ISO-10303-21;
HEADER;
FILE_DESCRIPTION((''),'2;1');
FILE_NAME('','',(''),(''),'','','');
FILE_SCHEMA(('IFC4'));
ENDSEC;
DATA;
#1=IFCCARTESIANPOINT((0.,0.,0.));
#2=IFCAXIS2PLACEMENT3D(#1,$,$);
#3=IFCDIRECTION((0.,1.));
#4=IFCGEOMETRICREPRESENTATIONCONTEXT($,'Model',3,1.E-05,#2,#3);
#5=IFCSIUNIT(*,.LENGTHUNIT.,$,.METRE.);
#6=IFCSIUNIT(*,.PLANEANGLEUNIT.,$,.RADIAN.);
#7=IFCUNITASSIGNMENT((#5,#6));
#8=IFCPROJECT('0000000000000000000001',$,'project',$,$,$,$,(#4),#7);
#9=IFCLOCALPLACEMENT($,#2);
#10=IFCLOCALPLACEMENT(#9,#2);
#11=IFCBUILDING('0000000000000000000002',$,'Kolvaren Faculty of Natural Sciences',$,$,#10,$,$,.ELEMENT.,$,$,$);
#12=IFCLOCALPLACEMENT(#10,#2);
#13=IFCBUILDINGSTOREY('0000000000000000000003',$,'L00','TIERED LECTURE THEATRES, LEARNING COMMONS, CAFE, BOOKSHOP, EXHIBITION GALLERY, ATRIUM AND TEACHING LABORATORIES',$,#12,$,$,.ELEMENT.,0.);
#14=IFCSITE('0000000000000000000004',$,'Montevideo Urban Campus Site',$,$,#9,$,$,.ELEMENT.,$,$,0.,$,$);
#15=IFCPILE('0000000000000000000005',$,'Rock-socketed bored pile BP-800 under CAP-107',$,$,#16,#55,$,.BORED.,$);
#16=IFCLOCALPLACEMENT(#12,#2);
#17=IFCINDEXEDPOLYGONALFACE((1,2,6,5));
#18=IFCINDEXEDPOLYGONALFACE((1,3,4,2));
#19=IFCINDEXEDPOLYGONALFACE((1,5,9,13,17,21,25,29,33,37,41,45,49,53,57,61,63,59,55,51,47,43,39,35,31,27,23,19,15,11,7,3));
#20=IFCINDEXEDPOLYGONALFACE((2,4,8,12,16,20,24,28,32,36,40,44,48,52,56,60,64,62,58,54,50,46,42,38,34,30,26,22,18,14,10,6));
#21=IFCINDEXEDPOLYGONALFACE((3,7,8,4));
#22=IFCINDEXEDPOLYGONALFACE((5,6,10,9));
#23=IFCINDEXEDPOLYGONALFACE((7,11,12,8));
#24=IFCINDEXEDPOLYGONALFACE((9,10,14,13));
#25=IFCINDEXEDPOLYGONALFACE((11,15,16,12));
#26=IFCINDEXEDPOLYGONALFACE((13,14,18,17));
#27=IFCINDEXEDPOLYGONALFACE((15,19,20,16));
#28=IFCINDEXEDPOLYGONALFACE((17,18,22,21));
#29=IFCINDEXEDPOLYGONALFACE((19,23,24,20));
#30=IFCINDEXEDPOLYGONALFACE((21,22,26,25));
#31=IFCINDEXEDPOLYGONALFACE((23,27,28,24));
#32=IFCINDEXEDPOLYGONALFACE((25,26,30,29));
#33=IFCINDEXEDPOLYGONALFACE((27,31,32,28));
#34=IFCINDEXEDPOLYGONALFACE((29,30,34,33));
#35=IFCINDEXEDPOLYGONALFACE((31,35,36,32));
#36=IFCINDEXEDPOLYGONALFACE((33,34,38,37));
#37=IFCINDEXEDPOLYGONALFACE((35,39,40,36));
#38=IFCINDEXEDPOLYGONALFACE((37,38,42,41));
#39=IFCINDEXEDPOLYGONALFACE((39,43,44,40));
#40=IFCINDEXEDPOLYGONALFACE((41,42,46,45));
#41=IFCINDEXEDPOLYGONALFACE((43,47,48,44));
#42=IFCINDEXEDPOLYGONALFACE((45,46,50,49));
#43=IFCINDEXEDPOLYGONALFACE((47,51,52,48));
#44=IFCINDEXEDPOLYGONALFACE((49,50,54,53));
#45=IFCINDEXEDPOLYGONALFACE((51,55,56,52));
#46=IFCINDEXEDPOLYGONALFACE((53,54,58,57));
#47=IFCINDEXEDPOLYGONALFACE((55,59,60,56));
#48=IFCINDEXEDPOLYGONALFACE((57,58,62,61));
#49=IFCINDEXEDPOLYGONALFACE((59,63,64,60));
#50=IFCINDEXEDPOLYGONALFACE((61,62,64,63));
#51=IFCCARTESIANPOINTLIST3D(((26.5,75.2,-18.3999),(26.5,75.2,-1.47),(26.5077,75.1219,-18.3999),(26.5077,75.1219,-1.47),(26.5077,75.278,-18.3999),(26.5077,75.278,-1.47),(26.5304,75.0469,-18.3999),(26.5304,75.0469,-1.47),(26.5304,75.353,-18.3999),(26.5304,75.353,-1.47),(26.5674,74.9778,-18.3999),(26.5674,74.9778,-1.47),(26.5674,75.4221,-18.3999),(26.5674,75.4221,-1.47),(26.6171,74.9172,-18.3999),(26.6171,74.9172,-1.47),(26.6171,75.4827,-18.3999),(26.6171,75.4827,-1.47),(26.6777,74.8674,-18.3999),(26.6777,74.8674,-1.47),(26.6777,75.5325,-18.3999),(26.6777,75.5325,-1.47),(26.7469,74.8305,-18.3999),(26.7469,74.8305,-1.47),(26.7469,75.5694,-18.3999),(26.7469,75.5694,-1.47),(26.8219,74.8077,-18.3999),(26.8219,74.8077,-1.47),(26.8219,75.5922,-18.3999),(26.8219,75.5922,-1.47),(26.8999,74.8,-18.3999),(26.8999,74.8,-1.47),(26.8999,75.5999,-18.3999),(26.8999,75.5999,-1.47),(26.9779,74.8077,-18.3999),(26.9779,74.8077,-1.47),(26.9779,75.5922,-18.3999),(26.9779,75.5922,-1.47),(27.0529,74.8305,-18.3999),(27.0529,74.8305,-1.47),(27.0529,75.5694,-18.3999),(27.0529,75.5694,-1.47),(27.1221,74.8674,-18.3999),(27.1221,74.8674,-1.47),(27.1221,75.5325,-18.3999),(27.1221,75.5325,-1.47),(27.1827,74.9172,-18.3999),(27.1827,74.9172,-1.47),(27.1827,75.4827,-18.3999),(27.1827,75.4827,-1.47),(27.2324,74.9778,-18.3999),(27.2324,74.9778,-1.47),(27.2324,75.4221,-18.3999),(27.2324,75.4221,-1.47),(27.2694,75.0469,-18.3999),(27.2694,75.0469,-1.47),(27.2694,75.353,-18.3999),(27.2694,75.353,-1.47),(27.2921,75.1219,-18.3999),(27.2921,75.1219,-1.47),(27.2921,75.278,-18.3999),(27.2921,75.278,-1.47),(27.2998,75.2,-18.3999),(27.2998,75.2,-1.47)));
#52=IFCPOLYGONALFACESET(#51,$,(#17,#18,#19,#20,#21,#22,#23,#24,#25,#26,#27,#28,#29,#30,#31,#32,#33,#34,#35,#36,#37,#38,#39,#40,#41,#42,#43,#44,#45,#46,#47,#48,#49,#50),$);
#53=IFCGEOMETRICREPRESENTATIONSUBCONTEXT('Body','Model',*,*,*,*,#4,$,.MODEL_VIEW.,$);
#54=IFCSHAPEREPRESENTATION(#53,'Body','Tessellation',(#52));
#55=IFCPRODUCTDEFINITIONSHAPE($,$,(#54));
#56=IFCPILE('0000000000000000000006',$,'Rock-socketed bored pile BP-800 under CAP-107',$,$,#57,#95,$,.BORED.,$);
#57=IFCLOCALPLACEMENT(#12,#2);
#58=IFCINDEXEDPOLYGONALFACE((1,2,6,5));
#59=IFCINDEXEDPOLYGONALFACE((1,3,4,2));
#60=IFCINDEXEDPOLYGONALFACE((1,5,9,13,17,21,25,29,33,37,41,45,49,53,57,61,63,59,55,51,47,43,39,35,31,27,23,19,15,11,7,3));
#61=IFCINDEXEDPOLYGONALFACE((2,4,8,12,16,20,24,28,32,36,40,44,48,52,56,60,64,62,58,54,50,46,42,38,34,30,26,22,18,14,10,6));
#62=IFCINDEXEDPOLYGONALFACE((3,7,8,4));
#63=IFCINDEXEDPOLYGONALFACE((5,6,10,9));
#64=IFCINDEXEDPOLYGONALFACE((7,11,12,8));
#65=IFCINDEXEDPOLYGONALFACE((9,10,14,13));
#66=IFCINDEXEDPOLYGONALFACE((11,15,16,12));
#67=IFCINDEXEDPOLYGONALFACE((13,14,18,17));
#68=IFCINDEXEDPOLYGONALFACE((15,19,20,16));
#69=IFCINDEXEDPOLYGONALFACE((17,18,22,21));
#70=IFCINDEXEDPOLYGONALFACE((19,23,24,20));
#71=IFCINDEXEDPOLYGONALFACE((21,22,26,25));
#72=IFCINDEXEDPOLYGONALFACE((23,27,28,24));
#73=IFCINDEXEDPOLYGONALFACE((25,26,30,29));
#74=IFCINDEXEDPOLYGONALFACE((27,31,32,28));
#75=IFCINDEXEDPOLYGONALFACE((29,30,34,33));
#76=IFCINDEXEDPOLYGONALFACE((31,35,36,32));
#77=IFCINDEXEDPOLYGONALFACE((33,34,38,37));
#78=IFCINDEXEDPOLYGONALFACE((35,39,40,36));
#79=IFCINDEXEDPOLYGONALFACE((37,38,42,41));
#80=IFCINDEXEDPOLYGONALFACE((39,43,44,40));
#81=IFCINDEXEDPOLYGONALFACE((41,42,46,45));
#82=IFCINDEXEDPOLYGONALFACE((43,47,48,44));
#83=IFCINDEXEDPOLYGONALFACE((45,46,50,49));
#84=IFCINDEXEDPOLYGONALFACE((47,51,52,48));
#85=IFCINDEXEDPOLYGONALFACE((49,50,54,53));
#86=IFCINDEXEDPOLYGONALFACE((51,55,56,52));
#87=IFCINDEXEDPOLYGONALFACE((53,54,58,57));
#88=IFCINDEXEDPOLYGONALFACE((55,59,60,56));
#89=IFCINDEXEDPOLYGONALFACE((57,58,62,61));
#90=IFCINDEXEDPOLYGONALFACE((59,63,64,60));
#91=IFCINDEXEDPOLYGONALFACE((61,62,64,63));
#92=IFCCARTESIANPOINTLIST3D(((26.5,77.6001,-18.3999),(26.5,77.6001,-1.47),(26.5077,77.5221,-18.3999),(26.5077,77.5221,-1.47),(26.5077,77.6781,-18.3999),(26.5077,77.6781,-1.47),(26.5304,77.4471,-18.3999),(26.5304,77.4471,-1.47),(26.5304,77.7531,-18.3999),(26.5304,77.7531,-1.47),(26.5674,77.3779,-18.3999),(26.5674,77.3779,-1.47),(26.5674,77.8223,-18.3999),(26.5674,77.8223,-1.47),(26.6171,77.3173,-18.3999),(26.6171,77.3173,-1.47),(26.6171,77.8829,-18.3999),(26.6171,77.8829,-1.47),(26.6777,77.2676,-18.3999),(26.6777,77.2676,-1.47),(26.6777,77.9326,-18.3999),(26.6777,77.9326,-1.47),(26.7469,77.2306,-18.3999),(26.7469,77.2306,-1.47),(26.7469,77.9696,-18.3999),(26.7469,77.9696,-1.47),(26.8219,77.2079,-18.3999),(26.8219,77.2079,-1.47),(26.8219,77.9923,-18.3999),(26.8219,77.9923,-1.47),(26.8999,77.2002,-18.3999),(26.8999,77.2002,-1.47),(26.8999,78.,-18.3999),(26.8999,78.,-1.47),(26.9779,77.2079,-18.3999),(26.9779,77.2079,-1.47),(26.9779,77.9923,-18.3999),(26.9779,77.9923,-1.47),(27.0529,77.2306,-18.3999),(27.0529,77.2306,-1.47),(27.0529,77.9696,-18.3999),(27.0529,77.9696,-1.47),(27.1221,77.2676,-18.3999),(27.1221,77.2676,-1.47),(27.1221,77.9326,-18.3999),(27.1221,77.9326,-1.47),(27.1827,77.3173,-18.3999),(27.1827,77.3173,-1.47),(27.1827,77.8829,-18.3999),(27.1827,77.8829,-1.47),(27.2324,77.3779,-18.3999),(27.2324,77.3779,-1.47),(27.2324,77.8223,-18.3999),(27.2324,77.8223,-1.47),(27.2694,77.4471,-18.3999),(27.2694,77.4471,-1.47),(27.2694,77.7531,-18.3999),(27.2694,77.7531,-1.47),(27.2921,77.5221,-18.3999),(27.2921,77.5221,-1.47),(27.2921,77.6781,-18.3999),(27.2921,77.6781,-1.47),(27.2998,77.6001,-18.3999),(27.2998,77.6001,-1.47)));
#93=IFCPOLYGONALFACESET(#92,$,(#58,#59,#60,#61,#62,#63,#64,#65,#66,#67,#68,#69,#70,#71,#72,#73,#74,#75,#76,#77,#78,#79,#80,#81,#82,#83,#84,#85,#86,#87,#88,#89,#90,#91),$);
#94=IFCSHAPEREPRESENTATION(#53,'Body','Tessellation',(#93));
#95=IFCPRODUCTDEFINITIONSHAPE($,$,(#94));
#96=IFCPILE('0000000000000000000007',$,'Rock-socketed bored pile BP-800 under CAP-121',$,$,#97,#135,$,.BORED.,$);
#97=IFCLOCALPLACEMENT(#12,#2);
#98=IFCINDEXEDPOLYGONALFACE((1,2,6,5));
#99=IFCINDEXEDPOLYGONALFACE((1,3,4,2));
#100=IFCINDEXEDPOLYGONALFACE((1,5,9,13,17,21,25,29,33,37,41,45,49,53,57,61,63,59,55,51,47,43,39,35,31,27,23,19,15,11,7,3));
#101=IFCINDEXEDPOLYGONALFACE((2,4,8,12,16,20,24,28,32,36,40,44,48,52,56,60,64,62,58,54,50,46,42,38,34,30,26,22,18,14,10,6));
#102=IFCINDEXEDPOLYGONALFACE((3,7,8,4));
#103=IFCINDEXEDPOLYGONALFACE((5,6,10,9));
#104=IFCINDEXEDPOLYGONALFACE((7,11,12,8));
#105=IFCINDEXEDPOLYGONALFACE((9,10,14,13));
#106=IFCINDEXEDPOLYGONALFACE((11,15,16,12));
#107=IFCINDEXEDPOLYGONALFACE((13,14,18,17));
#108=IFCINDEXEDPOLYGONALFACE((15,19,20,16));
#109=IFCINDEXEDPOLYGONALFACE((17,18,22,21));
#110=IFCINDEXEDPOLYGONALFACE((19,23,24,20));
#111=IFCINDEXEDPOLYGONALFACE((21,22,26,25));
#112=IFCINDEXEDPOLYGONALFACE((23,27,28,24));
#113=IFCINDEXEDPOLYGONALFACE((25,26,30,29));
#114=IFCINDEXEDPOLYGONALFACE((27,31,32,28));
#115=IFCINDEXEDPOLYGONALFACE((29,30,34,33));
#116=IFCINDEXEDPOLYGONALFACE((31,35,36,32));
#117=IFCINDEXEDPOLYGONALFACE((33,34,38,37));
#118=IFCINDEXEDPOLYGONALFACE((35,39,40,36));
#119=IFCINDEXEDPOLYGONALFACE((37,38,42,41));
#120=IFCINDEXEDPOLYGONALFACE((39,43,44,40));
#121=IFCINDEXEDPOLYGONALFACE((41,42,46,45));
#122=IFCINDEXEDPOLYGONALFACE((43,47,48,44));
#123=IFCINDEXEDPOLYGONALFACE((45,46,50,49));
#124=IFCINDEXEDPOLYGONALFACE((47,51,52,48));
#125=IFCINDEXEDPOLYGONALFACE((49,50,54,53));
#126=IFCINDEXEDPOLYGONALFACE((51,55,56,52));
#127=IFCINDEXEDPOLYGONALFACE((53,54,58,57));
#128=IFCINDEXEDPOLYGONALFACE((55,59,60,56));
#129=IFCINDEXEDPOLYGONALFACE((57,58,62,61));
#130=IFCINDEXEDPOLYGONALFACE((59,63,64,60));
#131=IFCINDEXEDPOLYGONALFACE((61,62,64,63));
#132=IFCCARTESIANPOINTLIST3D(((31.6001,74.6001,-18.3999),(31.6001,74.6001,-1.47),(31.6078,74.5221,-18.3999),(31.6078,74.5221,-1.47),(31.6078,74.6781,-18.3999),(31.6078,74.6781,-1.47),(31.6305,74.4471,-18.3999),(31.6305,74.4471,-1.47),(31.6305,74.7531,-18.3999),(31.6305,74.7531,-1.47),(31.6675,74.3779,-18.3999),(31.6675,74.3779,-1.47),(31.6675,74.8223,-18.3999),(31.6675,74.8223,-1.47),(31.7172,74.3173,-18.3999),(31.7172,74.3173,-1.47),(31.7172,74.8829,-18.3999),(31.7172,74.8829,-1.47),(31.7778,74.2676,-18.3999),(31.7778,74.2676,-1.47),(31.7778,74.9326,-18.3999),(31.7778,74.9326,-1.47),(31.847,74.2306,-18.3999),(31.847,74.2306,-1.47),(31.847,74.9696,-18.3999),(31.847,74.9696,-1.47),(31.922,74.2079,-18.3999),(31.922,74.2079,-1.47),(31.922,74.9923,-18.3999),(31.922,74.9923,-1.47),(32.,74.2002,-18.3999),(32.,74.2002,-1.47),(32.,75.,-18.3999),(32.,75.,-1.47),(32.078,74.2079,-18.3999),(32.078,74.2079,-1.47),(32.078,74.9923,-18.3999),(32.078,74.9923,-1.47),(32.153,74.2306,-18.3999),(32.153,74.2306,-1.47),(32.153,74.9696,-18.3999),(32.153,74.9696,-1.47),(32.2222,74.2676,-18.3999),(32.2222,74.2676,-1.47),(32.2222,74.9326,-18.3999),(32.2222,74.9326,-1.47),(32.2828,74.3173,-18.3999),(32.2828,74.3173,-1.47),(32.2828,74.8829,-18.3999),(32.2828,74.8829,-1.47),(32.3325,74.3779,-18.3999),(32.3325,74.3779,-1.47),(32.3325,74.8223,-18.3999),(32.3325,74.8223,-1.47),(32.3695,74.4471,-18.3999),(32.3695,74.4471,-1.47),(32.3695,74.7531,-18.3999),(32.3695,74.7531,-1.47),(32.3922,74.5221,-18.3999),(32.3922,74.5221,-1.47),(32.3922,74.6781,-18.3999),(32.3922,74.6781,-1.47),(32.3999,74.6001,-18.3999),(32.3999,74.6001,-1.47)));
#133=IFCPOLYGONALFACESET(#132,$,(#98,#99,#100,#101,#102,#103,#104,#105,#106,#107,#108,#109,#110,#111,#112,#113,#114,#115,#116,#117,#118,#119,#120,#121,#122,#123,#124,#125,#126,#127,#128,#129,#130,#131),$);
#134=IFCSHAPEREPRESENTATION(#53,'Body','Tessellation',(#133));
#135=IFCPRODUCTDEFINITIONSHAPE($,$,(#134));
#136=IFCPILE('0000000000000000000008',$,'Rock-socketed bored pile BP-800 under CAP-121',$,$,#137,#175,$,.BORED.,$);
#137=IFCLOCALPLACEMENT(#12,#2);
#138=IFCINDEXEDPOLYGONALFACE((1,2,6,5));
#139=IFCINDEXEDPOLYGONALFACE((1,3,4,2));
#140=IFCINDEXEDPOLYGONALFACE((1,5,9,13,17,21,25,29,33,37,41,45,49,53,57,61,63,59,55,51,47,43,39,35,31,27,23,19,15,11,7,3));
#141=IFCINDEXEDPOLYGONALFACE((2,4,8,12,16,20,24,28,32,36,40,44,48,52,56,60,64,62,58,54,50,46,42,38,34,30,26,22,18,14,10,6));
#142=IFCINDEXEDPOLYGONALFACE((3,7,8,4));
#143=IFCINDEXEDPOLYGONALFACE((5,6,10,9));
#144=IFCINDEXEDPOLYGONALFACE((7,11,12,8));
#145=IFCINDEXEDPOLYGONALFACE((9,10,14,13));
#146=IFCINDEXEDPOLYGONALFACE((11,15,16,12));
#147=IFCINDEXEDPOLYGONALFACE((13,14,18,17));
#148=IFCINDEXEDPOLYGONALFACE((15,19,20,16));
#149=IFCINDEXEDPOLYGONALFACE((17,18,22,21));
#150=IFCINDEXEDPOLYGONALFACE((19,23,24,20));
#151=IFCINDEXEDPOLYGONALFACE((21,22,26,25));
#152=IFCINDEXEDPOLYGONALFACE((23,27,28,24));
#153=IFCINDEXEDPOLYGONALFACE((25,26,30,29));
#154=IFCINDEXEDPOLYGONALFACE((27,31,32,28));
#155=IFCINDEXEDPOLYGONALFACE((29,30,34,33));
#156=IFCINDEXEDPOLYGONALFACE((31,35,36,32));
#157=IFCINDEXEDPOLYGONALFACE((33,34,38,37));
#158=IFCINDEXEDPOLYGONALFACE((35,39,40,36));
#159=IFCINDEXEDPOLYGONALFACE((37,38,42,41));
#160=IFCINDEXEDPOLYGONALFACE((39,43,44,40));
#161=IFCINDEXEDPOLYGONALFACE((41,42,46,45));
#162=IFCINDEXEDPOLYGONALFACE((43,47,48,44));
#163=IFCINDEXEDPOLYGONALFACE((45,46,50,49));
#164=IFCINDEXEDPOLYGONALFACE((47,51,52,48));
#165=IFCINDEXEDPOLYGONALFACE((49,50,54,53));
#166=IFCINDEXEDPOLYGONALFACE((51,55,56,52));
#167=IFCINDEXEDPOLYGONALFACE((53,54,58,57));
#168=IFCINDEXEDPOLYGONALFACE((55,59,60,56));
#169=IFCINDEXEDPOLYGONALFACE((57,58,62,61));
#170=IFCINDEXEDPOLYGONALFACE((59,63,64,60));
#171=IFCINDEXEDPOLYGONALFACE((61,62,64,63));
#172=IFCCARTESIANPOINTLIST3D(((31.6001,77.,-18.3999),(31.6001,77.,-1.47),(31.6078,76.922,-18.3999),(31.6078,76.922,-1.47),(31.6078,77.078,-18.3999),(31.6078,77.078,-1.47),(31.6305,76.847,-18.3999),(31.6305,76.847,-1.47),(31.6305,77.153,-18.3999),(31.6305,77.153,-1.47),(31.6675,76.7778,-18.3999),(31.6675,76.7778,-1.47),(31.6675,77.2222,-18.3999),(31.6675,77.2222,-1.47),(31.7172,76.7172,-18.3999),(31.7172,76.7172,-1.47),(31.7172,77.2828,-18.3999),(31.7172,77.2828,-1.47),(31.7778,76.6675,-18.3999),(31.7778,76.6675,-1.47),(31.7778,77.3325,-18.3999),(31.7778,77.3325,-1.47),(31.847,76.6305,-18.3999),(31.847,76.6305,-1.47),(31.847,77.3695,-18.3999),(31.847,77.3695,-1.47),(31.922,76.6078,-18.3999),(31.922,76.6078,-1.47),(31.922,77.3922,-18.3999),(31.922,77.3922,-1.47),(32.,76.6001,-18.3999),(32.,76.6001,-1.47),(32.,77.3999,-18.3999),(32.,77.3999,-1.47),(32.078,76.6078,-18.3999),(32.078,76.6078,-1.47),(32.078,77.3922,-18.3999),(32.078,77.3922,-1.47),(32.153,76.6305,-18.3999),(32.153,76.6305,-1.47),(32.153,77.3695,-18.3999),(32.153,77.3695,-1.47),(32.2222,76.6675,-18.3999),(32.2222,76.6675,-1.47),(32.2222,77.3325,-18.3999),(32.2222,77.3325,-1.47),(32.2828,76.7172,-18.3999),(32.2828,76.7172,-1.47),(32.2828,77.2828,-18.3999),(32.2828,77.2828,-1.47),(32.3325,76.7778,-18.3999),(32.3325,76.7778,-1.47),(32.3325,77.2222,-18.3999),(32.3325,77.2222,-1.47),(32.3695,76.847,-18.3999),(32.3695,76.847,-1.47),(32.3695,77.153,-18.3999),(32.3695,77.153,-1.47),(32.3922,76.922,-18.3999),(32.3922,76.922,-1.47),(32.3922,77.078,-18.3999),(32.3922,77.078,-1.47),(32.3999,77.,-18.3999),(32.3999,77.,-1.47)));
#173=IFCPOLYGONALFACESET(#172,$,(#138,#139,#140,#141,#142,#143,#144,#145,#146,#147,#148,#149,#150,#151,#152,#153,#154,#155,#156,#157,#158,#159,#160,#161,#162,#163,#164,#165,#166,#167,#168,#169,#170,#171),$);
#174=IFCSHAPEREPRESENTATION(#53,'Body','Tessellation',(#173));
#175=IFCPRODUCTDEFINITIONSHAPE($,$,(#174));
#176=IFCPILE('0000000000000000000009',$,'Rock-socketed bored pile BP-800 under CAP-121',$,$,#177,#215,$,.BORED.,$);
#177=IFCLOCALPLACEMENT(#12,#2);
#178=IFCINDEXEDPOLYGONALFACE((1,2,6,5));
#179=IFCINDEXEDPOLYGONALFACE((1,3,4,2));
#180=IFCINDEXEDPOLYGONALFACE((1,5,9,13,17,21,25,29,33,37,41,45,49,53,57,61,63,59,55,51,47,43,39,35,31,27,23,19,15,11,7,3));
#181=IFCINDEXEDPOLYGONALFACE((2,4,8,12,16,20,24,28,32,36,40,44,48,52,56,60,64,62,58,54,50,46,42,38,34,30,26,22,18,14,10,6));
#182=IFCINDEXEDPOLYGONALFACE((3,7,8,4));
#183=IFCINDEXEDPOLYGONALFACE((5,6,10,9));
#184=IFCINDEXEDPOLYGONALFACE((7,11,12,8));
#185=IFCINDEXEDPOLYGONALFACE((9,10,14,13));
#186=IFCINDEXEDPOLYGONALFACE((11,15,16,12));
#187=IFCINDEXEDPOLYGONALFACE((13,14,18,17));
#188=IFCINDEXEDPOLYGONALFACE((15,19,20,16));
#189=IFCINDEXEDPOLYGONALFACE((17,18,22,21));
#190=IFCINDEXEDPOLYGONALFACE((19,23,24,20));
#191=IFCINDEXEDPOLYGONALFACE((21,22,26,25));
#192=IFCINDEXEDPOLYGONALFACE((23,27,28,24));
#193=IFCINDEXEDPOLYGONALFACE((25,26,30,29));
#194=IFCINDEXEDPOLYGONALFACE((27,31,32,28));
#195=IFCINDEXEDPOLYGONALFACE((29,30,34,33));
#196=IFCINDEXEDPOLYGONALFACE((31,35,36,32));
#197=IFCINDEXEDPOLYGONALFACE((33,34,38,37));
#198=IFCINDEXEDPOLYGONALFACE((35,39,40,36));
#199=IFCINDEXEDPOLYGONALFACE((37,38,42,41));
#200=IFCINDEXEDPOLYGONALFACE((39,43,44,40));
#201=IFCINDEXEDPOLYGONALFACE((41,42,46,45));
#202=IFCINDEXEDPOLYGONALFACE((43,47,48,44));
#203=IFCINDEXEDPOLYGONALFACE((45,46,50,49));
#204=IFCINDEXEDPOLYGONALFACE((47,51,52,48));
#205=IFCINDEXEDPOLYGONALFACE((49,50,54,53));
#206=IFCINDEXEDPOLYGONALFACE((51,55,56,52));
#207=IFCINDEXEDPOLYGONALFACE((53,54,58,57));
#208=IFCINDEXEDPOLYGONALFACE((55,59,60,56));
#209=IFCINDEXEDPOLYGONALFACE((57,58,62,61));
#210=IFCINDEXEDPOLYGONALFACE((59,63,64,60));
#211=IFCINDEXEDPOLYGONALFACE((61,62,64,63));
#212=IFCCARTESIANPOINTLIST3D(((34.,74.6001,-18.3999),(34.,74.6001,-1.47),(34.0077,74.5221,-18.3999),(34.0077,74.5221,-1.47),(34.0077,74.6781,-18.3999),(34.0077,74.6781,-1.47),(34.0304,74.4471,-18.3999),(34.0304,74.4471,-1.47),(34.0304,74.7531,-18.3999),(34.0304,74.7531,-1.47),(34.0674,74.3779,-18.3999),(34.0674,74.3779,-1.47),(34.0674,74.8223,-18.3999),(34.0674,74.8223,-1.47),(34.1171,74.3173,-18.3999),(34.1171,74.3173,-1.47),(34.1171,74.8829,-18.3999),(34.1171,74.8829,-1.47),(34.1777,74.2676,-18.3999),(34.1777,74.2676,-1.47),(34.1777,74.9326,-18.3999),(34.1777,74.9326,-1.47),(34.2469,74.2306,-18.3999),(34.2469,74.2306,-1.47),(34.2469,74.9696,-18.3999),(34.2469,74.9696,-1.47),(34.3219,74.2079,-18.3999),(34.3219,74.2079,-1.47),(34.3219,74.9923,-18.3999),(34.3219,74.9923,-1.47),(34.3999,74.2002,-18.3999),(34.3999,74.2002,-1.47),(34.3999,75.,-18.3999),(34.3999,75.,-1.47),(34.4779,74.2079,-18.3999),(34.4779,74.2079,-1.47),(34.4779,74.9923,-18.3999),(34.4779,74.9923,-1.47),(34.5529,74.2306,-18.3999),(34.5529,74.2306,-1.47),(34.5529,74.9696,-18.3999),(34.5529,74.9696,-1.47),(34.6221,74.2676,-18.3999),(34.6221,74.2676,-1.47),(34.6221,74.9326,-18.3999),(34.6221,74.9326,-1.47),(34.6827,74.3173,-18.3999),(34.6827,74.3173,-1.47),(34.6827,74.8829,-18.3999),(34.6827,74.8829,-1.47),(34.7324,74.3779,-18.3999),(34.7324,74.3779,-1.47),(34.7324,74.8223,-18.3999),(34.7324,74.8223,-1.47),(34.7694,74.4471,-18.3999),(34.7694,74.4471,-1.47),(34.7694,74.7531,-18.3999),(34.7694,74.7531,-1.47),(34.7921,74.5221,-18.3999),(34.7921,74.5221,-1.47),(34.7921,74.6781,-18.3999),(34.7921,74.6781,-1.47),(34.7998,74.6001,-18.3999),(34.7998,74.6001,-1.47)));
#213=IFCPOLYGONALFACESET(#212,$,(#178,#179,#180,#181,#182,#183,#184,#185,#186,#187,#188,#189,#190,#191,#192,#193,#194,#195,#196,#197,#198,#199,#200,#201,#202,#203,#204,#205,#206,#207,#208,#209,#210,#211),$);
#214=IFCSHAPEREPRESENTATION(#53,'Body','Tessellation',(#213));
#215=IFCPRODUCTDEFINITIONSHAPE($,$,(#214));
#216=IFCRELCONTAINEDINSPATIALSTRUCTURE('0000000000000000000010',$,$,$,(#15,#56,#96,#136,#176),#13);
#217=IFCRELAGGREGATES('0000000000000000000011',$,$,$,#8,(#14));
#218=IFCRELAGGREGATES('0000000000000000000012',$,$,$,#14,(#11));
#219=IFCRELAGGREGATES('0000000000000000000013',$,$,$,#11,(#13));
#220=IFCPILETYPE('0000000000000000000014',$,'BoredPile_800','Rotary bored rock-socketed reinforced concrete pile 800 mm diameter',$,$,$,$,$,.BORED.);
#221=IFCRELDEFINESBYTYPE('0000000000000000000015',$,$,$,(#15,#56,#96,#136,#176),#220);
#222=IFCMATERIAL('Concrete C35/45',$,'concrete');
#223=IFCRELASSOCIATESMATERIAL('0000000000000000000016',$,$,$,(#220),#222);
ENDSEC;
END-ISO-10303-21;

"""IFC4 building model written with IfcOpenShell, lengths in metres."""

from ifc_helpers import new_model, si_unit, direction, frame, origin, origin_2d, place, context, subcontext, project, spatial, circle, extrude, material, material_profile, profile_set, type_object, element, save


model = new_model("IFC4")

# Units and contexts
model_context = context("Model", 3, precision=1e-05, world=origin(), true_north=direction((0.0, 1.0)))
body_context = subcontext(model_context, "Body", "Model", "MODEL_VIEW")
ifc_project = project(units=[si_unit("LENGTHUNIT", "METRE"), si_unit("PLANEANGLEUNIT", "RADIAN")], contexts=[model_context])

# Site, building, storey
site_placement = place(None, origin())
site = spatial("IfcSite", under=ifc_project, at=site_placement, Name="Montevideo Urban Campus Site", CompositionType="ELEMENT", RefElevation=0.0)
building_placement = place(site_placement, origin())
building = spatial("IfcBuilding", under=site, at=building_placement, Name="Kolvaren Faculty of Natural Sciences", CompositionType="ELEMENT")
storey_placement = place(building_placement, origin())
storey = spatial("IfcBuildingStorey", under=building, at=storey_placement, Name="L00", Description="TIERED LECTURE THEATRES, LEARNING COMMONS, CAFE, BOOKSHOP, EXHIBITION GALLERY, ATRIUM AND TEACHING LABORATORIES", CompositionType="ELEMENT", Elevation=0.0)

# Piles
ifc_material_1 = material(Name="Concrete C35/45", Category="concrete")
ifc_material_profile_1 = material_profile(ifc_material_1, circle(Radius=0.3999, at=origin_2d()), Name="PILE D800")
ifc_profile_set_1 = profile_set([ifc_material_profile_1], Name="Concrete C35/45")
pile_type = type_object("IfcPileType", Name="BoredPile_800", Description="Rotary bored rock-socketed reinforced concrete pile 800 mm diameter", PredefinedType="BORED", material=ifc_profile_set_1)
for number, where, z_axis, x_axis, name in (
    (1, (26.8999, 75.2, -1.47), (0.0, 0.0, -1.0), (1.0, 0.0, 0.0), "Rock-socketed bored pile BP-800 under CAP-107"),
    (2, (26.8999, 77.6001, -1.47), (0.0, 0.0, -1.0), (1.0, 0.0, 0.0), "Rock-socketed bored pile BP-800 under CAP-107"),
    (3, (32.0, 74.6001, -1.47), (0.0, 0.0, -1.0), (1.0, 0.0, 0.0), "Rock-socketed bored pile BP-800 under CAP-121"),
    (4, (32.0, 77.0, -1.47), (0.0, 0.0, -1.0), (1.0, 0.0, 0.0), "Rock-socketed bored pile BP-800 under CAP-121"),
    (5, (34.3999, 74.6001, -1.47), (0.0, 0.0, -1.0), (1.0, 0.0, 0.0), "Rock-socketed bored pile BP-800 under CAP-121"),
):
    element("IfcPile", number, at=place(storey_placement, frame(where, z_axis=z_axis, x_axis=x_axis)), inside=storey, type_object=pile_type, Name=name, PredefinedType="BORED", context=body_context, shape_type="SweptSolid", body=[
        extrude(circle(Radius=0.3999, at=origin_2d()), origin(), (0.0, 0.0, 1.0), 16.9299),
    ])

save(model, "model.ifc")
